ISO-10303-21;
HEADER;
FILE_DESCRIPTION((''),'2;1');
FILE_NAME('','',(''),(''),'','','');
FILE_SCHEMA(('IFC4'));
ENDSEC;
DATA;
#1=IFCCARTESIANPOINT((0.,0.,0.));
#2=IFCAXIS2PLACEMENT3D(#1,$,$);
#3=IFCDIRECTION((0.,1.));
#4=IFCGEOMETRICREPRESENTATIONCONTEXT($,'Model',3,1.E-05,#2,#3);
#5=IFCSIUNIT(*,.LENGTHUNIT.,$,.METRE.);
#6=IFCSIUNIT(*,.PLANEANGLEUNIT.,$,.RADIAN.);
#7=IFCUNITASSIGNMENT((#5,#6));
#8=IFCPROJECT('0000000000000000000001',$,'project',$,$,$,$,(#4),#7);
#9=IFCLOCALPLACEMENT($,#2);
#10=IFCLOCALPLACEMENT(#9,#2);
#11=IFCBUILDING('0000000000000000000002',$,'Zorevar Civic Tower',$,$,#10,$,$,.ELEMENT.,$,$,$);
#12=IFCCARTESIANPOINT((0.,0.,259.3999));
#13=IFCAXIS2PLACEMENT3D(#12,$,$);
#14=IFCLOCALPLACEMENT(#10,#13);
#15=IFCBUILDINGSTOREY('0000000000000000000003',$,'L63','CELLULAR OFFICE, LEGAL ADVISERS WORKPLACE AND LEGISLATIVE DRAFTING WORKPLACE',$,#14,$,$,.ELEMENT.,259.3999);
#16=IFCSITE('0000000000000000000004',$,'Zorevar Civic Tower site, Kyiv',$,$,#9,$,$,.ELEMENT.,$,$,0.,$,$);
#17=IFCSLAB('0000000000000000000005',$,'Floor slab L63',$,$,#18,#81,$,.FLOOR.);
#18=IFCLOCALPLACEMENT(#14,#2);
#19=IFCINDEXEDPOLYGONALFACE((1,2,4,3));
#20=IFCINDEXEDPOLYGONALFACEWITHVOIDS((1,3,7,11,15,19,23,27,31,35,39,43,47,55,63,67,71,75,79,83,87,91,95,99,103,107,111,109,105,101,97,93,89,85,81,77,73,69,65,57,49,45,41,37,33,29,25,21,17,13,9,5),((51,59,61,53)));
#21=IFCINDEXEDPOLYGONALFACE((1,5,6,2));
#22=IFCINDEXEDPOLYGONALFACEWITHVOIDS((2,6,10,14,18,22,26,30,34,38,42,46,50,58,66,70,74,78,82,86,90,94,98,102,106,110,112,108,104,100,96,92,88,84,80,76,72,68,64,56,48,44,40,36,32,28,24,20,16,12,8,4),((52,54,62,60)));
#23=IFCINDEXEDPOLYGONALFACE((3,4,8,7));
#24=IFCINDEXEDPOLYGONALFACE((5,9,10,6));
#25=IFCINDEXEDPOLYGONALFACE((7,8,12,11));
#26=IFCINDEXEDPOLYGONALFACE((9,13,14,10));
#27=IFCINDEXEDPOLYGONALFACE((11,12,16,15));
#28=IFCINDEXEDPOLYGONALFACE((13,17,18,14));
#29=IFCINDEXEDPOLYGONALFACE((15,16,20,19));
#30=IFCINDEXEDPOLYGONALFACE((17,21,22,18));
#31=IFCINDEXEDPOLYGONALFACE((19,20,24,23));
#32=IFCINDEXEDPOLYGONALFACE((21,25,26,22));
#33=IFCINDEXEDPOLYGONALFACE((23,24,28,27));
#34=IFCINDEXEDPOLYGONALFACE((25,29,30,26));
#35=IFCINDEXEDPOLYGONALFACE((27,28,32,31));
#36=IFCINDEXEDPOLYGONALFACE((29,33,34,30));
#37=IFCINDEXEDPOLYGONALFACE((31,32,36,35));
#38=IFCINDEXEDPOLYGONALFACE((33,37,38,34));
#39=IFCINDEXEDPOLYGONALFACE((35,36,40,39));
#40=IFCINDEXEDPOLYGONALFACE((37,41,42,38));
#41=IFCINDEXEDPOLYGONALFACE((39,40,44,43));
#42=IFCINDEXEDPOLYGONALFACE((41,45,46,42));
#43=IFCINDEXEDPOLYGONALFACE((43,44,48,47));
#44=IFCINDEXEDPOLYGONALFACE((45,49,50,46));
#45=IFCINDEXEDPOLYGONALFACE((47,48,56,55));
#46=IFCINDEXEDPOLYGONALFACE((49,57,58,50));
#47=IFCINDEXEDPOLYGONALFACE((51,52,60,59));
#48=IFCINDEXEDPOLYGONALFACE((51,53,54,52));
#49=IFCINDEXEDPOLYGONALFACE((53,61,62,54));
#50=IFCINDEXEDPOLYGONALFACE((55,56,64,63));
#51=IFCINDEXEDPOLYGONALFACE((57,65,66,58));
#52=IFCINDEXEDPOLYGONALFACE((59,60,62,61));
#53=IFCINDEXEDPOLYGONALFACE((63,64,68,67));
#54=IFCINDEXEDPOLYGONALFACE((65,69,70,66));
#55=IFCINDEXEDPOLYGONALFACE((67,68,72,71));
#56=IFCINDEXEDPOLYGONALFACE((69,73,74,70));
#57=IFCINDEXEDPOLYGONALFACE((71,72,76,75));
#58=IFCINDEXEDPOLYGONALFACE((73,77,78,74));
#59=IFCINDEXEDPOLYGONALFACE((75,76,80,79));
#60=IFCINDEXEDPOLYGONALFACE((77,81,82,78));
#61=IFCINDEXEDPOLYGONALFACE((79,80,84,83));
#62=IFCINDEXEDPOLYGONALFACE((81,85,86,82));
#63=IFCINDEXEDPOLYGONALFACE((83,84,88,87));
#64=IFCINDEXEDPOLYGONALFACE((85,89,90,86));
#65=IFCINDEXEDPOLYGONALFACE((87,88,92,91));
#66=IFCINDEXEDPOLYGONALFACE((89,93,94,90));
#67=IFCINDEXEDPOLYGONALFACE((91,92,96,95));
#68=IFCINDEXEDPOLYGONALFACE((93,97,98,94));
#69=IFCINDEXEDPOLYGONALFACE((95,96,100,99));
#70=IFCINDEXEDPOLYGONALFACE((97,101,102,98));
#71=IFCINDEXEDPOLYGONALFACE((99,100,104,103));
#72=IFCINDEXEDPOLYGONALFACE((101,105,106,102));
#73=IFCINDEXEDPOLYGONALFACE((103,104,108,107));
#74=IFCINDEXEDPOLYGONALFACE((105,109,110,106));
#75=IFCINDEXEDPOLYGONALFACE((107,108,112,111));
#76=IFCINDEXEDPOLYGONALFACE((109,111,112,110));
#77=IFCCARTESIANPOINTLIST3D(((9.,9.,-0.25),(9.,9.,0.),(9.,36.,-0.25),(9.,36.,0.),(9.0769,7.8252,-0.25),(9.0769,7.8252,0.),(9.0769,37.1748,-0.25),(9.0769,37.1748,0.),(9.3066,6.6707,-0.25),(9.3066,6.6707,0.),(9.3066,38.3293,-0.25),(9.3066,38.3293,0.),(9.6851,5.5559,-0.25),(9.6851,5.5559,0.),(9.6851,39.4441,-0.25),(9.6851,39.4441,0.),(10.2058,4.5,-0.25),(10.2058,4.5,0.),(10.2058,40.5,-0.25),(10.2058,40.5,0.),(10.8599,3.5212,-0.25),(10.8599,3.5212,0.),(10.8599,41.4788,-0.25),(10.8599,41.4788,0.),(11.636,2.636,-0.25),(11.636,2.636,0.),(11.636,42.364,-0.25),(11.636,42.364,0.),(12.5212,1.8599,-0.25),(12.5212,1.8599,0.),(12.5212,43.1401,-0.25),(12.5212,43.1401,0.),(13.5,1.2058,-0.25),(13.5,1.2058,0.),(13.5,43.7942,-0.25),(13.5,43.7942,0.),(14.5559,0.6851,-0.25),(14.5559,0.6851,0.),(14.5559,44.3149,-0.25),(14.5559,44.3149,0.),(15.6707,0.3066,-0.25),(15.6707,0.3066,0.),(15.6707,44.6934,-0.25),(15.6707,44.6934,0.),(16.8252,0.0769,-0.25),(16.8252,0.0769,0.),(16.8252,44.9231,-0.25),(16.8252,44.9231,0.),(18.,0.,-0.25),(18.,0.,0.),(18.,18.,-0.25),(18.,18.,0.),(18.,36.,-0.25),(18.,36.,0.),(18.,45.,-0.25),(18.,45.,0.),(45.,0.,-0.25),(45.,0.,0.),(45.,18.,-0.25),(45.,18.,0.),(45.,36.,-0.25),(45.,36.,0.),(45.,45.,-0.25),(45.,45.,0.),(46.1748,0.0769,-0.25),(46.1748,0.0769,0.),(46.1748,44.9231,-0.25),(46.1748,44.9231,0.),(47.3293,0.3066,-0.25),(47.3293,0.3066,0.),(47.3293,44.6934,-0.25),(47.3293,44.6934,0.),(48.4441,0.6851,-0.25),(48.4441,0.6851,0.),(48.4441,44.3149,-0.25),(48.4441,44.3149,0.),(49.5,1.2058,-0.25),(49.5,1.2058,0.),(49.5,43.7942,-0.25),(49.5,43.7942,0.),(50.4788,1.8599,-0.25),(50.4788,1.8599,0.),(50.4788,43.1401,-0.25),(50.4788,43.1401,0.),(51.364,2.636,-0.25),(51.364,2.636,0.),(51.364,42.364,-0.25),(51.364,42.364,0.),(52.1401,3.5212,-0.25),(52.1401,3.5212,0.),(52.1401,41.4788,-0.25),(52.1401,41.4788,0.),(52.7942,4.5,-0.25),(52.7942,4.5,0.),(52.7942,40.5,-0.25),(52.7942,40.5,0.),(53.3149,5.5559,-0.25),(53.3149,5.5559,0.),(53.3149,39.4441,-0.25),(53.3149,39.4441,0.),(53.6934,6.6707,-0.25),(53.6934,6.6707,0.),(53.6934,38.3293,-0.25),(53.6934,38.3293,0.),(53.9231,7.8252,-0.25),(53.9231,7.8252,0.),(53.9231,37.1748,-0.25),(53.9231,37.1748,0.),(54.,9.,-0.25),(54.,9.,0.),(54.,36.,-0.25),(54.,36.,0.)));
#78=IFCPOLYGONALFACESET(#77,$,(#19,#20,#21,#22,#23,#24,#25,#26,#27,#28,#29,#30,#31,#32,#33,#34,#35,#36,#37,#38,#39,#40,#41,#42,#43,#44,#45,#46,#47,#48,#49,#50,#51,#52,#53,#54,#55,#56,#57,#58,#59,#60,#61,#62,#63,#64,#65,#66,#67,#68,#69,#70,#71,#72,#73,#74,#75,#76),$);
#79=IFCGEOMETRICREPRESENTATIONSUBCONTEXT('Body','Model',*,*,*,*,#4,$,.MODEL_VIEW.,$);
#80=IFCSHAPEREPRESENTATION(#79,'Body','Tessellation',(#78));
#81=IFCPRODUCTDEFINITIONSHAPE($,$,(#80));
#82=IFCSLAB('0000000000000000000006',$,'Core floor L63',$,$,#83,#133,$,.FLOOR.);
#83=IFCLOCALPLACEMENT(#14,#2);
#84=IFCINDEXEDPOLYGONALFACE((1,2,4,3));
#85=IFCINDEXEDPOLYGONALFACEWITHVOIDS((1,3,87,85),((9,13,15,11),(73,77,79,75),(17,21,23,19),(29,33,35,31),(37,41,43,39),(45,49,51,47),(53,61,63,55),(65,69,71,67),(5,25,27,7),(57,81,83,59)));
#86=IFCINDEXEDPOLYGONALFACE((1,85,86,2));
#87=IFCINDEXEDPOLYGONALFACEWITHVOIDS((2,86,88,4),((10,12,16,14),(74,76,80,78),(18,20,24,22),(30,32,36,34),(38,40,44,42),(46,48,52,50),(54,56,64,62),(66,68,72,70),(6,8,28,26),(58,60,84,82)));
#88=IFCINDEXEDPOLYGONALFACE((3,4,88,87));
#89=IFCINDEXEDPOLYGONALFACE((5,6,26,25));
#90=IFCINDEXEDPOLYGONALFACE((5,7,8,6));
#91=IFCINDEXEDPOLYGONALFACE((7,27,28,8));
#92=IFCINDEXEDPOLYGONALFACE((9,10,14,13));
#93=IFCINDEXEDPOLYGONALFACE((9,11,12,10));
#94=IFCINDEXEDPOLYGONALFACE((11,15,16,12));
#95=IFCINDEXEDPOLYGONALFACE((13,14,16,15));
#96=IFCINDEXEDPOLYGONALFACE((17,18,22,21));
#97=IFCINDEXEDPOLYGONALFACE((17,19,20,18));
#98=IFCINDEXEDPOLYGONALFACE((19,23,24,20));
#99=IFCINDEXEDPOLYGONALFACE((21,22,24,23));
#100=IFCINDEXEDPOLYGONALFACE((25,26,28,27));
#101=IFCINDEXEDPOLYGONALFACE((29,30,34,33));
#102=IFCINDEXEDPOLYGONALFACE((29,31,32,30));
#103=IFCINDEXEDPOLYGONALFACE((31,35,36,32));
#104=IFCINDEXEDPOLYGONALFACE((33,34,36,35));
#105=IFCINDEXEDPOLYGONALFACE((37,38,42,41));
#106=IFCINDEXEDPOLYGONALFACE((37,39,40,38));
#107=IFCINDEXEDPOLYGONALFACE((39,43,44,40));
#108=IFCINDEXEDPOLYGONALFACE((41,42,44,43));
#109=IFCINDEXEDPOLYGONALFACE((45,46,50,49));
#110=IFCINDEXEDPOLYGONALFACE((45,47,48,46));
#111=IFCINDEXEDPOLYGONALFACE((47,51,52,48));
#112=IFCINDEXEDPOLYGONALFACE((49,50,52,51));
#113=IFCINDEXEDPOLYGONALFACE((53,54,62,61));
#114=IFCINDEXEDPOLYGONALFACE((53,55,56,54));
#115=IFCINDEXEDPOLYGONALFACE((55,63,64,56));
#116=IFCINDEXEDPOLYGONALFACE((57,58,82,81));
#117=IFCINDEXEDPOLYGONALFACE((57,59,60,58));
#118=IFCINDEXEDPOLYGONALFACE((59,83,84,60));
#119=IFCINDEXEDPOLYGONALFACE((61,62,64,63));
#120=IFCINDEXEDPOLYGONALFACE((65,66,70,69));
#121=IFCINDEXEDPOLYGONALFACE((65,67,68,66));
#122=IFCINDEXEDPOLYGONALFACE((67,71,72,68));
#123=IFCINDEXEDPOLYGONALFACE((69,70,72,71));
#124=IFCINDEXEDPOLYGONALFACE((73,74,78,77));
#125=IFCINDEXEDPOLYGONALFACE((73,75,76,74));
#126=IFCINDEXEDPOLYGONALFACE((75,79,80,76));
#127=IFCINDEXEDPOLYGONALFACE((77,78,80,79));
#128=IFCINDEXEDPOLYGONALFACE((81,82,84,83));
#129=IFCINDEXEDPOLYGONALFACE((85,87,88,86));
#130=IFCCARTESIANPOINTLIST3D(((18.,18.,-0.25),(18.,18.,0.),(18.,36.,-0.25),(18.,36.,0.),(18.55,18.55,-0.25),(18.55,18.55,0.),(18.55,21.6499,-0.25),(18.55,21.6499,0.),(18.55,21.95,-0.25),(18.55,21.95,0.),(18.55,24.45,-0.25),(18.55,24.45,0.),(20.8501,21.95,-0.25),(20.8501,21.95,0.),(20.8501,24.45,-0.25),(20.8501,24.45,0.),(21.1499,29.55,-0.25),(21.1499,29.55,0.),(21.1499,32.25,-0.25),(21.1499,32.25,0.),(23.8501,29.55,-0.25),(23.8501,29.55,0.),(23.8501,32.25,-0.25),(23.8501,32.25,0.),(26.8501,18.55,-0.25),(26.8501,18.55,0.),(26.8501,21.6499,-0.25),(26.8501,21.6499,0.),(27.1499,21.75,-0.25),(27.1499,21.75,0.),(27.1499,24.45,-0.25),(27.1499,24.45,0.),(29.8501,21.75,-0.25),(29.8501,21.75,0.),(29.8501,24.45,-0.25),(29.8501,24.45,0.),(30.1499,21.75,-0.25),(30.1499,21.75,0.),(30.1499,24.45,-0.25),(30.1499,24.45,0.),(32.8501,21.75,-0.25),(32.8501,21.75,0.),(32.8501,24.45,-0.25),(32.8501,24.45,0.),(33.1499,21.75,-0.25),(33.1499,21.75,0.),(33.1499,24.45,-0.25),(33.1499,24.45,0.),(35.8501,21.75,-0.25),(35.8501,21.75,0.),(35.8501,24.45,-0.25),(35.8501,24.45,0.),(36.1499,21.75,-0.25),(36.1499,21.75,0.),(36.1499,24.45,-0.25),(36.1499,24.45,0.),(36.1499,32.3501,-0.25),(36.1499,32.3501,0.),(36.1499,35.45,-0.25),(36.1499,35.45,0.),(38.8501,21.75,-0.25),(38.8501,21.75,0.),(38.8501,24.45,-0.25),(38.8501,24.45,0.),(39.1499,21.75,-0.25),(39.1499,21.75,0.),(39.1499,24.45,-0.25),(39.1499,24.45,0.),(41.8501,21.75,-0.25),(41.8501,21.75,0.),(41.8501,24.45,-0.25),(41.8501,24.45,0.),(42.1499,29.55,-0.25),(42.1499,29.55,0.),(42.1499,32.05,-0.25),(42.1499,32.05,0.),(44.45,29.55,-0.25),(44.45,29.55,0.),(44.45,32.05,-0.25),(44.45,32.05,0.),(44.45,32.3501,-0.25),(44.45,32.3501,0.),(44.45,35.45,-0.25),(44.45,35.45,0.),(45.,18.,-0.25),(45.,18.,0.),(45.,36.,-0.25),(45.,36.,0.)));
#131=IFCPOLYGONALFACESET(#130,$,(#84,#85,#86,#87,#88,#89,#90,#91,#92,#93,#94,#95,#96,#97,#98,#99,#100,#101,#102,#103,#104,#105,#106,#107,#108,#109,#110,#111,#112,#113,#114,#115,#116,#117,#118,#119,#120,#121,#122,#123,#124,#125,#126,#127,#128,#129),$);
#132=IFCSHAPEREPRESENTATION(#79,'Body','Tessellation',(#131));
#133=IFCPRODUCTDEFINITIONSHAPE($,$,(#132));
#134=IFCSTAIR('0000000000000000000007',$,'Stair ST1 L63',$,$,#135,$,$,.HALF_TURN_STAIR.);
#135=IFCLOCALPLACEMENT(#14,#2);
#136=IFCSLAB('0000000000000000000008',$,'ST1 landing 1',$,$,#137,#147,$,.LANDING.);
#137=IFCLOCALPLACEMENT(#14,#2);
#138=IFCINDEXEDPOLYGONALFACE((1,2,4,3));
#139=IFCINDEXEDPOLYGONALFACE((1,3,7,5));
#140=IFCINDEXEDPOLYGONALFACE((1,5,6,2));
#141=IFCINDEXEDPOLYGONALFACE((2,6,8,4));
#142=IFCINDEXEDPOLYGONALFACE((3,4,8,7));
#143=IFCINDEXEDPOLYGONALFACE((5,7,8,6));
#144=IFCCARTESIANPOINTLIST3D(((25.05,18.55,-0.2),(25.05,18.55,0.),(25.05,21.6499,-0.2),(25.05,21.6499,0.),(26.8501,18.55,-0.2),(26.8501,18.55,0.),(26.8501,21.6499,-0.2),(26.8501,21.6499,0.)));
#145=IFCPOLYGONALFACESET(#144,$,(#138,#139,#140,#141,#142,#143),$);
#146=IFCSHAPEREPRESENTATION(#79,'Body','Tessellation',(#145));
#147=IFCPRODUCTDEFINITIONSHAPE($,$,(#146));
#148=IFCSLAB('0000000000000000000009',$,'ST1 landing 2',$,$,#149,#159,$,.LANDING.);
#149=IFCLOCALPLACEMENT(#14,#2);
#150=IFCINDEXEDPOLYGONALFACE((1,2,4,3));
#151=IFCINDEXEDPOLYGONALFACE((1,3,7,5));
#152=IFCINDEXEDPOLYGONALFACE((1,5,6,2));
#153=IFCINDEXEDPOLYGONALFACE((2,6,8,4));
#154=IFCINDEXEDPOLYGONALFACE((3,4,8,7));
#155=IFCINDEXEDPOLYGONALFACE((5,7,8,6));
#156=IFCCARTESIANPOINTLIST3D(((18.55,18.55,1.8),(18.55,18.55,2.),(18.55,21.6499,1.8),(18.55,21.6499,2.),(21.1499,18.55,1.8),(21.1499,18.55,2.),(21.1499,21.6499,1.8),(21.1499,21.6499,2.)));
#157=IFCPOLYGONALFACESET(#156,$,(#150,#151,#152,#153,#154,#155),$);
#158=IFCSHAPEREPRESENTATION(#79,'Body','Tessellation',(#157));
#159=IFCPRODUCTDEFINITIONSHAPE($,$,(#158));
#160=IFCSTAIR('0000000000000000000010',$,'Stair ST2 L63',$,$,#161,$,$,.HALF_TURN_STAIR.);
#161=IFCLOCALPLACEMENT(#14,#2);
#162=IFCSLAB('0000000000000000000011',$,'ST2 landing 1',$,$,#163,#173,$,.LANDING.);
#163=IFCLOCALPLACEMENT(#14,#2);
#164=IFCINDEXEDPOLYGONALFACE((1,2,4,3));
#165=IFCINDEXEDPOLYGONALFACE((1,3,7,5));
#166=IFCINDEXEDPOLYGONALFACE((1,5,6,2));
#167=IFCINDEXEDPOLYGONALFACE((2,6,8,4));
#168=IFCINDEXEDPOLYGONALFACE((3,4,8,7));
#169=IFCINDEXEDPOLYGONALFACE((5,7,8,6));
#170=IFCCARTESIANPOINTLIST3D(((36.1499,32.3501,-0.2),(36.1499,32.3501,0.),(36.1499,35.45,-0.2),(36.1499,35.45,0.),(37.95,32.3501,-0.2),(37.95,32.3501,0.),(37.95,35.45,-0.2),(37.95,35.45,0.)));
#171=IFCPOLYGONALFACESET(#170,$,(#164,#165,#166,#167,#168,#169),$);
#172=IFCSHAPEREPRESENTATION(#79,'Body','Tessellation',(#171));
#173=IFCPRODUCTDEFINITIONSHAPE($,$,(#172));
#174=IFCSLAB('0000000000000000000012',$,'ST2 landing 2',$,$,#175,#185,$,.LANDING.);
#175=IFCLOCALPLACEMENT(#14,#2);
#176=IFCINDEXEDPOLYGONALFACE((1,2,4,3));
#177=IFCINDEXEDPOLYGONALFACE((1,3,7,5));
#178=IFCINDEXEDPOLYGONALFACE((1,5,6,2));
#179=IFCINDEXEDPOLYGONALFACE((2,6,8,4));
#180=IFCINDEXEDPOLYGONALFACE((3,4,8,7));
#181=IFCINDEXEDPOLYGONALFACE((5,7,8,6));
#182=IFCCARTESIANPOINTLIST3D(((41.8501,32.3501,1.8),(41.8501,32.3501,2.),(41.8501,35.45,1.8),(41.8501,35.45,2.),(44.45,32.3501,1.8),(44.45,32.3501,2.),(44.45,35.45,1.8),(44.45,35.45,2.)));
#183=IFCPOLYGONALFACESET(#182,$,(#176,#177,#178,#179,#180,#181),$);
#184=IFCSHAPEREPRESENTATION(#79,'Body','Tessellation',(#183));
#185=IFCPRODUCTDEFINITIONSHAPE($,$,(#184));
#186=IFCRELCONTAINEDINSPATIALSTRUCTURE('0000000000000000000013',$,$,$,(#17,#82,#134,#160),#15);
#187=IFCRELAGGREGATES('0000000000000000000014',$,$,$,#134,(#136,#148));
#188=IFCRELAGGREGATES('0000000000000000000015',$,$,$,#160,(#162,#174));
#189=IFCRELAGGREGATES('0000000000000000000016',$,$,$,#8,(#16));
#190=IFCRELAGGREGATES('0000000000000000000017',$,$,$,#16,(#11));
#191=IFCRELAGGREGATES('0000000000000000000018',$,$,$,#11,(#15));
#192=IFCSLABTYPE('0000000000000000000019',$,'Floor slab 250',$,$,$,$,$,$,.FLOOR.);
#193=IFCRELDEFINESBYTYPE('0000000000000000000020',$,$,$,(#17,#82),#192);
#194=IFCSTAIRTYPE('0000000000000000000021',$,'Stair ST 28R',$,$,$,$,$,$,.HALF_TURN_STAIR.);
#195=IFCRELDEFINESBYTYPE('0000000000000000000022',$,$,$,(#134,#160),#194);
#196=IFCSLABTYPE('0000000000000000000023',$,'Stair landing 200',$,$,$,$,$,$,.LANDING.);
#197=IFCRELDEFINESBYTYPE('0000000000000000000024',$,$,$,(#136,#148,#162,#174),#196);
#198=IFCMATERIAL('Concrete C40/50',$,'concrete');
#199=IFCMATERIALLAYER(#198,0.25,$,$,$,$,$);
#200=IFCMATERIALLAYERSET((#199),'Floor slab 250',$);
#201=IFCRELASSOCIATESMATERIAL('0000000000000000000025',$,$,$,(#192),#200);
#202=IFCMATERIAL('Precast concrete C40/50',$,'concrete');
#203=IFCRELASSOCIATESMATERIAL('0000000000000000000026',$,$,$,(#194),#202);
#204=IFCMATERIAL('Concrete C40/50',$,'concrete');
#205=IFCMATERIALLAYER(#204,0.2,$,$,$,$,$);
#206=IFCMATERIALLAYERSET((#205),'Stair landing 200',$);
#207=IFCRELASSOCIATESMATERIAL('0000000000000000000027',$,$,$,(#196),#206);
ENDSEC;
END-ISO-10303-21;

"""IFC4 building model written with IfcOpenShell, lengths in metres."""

from ifc_helpers import new_model, si_unit, direction, frame, origin, place, context, subcontext, project, spatial, polyline, outline, extrude, material, layer, layer_set, type_object, element, aggregate, save


model = new_model("IFC4")

# Units and contexts
model_context = context("Model", 3, precision=1e-05, world=origin(), true_north=direction((0.0, 1.0)))
body_context = subcontext(model_context, "Body", "Model", "MODEL_VIEW")
ifc_project = project(units=[si_unit("LENGTHUNIT", "METRE"), si_unit("PLANEANGLEUNIT", "RADIAN")], contexts=[model_context])

# Site, building, storey
site_placement = place(None, origin())
site = spatial("IfcSite", under=ifc_project, at=site_placement, Name="Zorevar Civic Tower site, Kyiv", CompositionType="ELEMENT", RefElevation=0.0)
building_placement = place(site_placement, origin())
building = spatial("IfcBuilding", under=site, at=building_placement, Name="Zorevar Civic Tower", CompositionType="ELEMENT")
storey_placement = place(building_placement, frame((0.0, 0.0, 259.3999)))
storey = spatial("IfcBuildingStorey", under=building, at=storey_placement, Name="L63", Description="CELLULAR OFFICE, LEGAL ADVISERS WORKPLACE AND LEGISLATIVE DRAFTING WORKPLACE", CompositionType="ELEMENT", Elevation=259.3999)

# Slabs
ifc_material_1 = material(Name="Concrete C40/50", Category="concrete")
ifc_layer_1 = layer(ifc_material_1, 0.25)
ifc_layer_set_1 = layer_set([ifc_layer_1], Name="Floor slab 250")
slab_type_1 = type_object("IfcSlabType", Name="Floor slab 250", PredefinedType="FLOOR", material=ifc_layer_set_1)
slab_1_placement = place(storey_placement, frame((0.0, 0.0, -0.25)))
element("IfcSlab", 1, at=slab_1_placement, inside=storey, type_object=slab_type_1, Name="Floor slab L63", PredefinedType="FLOOR", context=body_context, shape_type="SweptSolid", body=[
    extrude(outline(polyline([(45.0, 0.0), (46.1748, 0.0769), (47.3293, 0.3066), (48.4441, 0.6851), (49.5, 1.2058), (50.4788, 1.8599), (51.364, 2.636), (52.1401, 3.5212), (52.7942, 4.5), (53.3149, 5.5559), (53.6934, 6.6707), (53.9231, 7.8252), (54.0, 9.0), (54.0, 36.0), (53.9231, 37.1748), (53.6934, 38.3293), (53.3149, 39.4441), (52.7942, 40.5), (52.1401, 41.4788), (51.364, 42.364), (50.4788, 43.1401), (49.5, 43.7942), (48.4441, 44.3149), (47.3293, 44.6934), (46.1748, 44.9231), (45.0, 45.0), (18.0, 45.0), (16.8252, 44.9231), (15.6707, 44.6934), (14.5559, 44.3149), (13.5, 43.7942), (12.5212, 43.1401), (11.636, 42.364), (10.8599, 41.4788), (10.2058, 40.5), (9.6851, 39.4441), (9.3066, 38.3293), (9.0769, 37.1748), (9.0, 36.0), (9.0, 9.0), (9.0769, 7.8252), (9.3066, 6.6707), (9.6851, 5.5559), (10.2058, 4.5), (10.8599, 3.5212), (11.636, 2.636), (12.5212, 1.8599), (13.5, 1.2058), (14.5559, 0.6851), (15.6707, 0.3066), (16.8252, 0.0769), (18.0, 0.0), (45.0, 0.0)]), holes=[polyline([(18.0, 18.0), (45.0, 18.0), (45.0, 36.0), (18.0, 36.0), (18.0, 18.0)])]), origin(), (0.0, 0.0, 1.0), 0.25),
])
slab_2_placement = place(storey_placement, frame((0.0, 0.0, -0.25)))
element("IfcSlab", 2, at=slab_2_placement, inside=storey, type_object=slab_type_1, Name="Core floor L63", PredefinedType="FLOOR", context=body_context, shape_type="SweptSolid", body=[
    extrude(outline(polyline([(18.0, 18.0), (45.0, 18.0), (45.0, 36.0), (18.0, 36.0), (18.0, 18.0)]), holes=[polyline([(18.55, 18.55), (26.8501, 18.55), (26.8501, 21.6499), (18.55, 21.6499), (18.55, 18.55)]), polyline([(36.1499, 32.3501), (44.45, 32.3501), (44.45, 35.45), (36.1499, 35.45), (36.1499, 32.3501)]), polyline([(18.55, 21.95), (20.8501, 21.95), (20.8501, 24.45), (18.55, 24.45), (18.55, 21.95)]), polyline([(42.1499, 29.55), (44.45, 29.55), (44.45, 32.05), (42.1499, 32.05), (42.1499, 29.55)]), polyline([(27.1499, 21.75), (29.8501, 21.75), (29.8501, 24.45), (27.1499, 24.45), (27.1499, 21.75)]), polyline([(30.1499, 21.75), (32.8501, 21.75), (32.8501, 24.45), (30.1499, 24.45), (30.1499, 21.75)]), polyline([(33.1499, 21.75), (35.8501, 21.75), (35.8501, 24.45), (33.1499, 24.45), (33.1499, 21.75)]), polyline([(36.1499, 21.75), (38.8501, 21.75), (38.8501, 24.45), (36.1499, 24.45), (36.1499, 21.75)]), polyline([(39.1499, 21.75), (41.8501, 21.75), (41.8501, 24.45), (39.1499, 24.45), (39.1499, 21.75)]), polyline([(21.1499, 29.55), (23.8501, 29.55), (23.8501, 32.25), (21.1499, 32.25), (21.1499, 29.55)])]), origin(), (0.0, 0.0, 1.0), 0.25),
])

# Stairs, slabs
ifc_material_2 = material(Name="Precast concrete C40/50", Category="concrete")
stair_type = type_object("IfcStairType", Name="Stair ST 28R", PredefinedType="HALF_TURN_STAIR", material=ifc_material_2)
stair_1_placement = place(storey_placement, origin())
stair_1 = element("IfcStair", 3, at=stair_1_placement, inside=storey, type_object=stair_type, Name="Stair ST1 L63", PredefinedType="HALF_TURN_STAIR")
ifc_material_3 = material(Name="Concrete C40/50", Category="concrete")
ifc_layer_2 = layer(ifc_material_3, 0.2)
ifc_layer_set_2 = layer_set([ifc_layer_2], Name="Stair landing 200")
slab_type_2 = type_object("IfcSlabType", Name="Stair landing 200", PredefinedType="LANDING", material=ifc_layer_set_2)
slab_3_placement = place(storey_placement, frame((0.0, 0.0, -0.2)))
slab_3 = element("IfcSlab", 4, at=slab_3_placement, type_object=slab_type_2, Name="ST1 landing 1", PredefinedType="LANDING", context=body_context, shape_type="SweptSolid", body=[
    extrude(outline(polyline([(25.05, 18.55), (26.8501, 18.55), (26.8501, 21.6499), (25.05, 21.6499), (25.05, 18.55)])), origin(), (0.0, 0.0, 1.0), 0.2),
])
slab_4_placement = place(storey_placement, frame((0.0, 0.0, 1.8)))
slab_4 = element("IfcSlab", 5, at=slab_4_placement, type_object=slab_type_2, Name="ST1 landing 2", PredefinedType="LANDING", context=body_context, shape_type="SweptSolid", body=[
    extrude(outline(polyline([(18.55, 18.55), (21.1499, 18.55), (21.1499, 21.6499), (18.55, 21.6499), (18.55, 18.55)])), origin(), (0.0, 0.0, 1.0), 0.2),
])
aggregate(stair_1, [slab_3, slab_4])
stair_2_placement = place(storey_placement, origin())
stair_2 = element("IfcStair", 6, at=stair_2_placement, inside=storey, type_object=stair_type, Name="Stair ST2 L63", PredefinedType="HALF_TURN_STAIR")
slab_5_placement = place(storey_placement, frame((0.0, 0.0, -0.2)))
slab_5 = element("IfcSlab", 7, at=slab_5_placement, type_object=slab_type_2, Name="ST2 landing 1", PredefinedType="LANDING", context=body_context, shape_type="SweptSolid", body=[
    extrude(outline(polyline([(37.95, 32.3501), (36.1499, 32.3501), (36.1499, 35.45), (37.95, 35.45), (37.95, 32.3501)])), origin(), (0.0, 0.0, 1.0), 0.2),
])
slab_6_placement = place(storey_placement, frame((0.0, 0.0, 1.8)))
slab_6 = element("IfcSlab", 8, at=slab_6_placement, type_object=slab_type_2, Name="ST2 landing 2", PredefinedType="LANDING", context=body_context, shape_type="SweptSolid", body=[
    extrude(outline(polyline([(44.45, 32.3501), (41.8501, 32.3501), (41.8501, 35.45), (44.45, 35.45), (44.45, 32.3501)])), origin(), (0.0, 0.0, 1.0), 0.2),
])
aggregate(stair_2, [slab_5, slab_6])

save(model, "model.ifc")
